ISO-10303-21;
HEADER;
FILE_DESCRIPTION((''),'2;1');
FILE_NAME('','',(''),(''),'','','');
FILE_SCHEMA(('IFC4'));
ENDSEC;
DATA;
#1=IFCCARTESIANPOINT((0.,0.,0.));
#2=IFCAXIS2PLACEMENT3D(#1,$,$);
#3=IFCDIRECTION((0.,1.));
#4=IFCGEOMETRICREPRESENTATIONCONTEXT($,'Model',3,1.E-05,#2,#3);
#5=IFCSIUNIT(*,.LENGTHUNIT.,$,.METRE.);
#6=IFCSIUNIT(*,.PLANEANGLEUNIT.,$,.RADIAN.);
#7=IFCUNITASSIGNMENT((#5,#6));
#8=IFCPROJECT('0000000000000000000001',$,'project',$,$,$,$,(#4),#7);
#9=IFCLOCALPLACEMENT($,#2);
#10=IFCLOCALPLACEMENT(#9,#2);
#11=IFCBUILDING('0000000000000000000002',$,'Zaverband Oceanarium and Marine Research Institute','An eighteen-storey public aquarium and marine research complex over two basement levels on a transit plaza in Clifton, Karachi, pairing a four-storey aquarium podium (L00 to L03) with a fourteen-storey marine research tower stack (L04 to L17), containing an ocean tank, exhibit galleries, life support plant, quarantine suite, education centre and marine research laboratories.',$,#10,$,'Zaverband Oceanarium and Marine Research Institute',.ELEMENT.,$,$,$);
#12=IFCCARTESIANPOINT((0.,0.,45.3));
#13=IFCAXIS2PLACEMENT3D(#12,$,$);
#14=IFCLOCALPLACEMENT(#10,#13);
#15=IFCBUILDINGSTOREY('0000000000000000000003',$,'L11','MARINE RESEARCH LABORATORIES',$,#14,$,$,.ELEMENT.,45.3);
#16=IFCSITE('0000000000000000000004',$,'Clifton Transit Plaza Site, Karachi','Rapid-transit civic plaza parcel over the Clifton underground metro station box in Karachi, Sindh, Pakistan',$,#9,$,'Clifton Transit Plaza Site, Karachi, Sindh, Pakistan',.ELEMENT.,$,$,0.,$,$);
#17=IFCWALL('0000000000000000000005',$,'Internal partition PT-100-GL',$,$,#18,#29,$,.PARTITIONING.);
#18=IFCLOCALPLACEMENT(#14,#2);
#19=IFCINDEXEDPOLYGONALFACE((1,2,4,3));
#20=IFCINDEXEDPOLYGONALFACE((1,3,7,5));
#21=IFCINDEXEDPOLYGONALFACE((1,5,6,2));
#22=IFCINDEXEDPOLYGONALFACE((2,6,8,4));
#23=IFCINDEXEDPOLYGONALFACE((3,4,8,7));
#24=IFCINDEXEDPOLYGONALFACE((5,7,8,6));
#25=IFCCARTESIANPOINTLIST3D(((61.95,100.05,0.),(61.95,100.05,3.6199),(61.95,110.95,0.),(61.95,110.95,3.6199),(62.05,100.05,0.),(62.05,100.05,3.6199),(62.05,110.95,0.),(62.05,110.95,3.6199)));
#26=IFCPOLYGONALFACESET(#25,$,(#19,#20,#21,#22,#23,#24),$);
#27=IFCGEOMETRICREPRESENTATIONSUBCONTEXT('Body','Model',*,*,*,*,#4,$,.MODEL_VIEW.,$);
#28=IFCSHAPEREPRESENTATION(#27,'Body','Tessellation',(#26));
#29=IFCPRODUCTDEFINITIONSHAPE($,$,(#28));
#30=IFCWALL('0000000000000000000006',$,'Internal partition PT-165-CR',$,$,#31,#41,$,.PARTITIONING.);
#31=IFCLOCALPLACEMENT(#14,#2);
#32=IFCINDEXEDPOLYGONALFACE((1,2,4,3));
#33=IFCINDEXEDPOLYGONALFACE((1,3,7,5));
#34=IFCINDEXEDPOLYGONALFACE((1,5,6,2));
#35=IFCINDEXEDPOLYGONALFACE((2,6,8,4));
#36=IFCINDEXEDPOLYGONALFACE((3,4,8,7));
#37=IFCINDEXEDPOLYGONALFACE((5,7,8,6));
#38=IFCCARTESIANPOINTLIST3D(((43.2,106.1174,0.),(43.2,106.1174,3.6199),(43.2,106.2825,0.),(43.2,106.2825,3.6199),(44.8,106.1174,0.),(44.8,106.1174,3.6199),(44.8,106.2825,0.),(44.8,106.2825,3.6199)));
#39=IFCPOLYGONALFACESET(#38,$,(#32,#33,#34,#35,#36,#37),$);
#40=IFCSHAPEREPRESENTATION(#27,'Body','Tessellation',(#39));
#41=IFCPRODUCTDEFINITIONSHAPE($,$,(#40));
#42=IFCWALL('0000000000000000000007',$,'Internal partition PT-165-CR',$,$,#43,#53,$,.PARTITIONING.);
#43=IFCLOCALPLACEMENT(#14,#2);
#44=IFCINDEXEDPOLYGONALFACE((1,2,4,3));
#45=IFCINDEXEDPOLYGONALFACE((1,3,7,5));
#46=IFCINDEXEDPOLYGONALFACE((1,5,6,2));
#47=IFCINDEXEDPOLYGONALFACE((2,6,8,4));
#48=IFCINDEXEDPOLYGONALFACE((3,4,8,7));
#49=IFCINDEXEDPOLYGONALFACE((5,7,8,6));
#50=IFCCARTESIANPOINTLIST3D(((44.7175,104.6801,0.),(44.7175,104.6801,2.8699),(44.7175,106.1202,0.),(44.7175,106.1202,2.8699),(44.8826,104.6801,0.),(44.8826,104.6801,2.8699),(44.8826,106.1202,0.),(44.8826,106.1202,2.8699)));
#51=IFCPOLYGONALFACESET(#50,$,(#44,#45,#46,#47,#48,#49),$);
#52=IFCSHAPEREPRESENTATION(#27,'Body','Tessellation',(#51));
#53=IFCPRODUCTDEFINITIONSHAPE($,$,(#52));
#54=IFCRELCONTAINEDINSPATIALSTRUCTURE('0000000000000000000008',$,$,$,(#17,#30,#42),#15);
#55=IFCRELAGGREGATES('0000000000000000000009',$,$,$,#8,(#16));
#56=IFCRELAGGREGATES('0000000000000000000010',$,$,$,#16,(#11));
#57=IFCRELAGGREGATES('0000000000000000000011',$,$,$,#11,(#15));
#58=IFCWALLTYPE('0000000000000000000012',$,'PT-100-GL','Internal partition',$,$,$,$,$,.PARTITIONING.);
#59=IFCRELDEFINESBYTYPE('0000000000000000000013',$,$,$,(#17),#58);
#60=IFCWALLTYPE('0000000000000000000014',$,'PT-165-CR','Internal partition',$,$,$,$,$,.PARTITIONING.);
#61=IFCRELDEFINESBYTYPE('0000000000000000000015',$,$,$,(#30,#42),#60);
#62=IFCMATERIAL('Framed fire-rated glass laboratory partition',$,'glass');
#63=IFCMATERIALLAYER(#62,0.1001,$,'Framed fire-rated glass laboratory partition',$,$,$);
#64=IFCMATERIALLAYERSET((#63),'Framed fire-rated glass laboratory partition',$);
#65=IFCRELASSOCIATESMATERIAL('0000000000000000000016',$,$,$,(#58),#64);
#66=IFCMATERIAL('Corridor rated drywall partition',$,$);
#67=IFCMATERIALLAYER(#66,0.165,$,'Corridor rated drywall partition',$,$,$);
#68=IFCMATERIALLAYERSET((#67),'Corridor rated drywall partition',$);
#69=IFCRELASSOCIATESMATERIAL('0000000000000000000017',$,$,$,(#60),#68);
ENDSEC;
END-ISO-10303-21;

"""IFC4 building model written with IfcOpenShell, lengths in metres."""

from ifc_helpers import new_model, si_unit, direction, frame, frame_2d, origin, place, context, subcontext, project, spatial, rectangle, extrude, material, layer, layer_set, type_object, element, save


model = new_model("IFC4")

# Units and contexts
model_context = context("Model", 3, precision=1e-05, world=origin(), true_north=direction((0.0, 1.0)))
body_context = subcontext(model_context, "Body", "Model", "MODEL_VIEW")
ifc_project = project(units=[si_unit("LENGTHUNIT", "METRE"), si_unit("PLANEANGLEUNIT", "RADIAN")], contexts=[model_context])

# Site, building, storey
site_placement = place(None, origin())
site = spatial("IfcSite", under=ifc_project, at=site_placement, Name="Clifton Transit Plaza Site, Karachi", Description="Rapid-transit civic plaza parcel over the Clifton underground metro station box in Karachi, Sindh, Pakistan", LongName="Clifton Transit Plaza Site, Karachi, Sindh, Pakistan", CompositionType="ELEMENT", RefElevation=0.0)
building_placement = place(site_placement, origin())
building = spatial("IfcBuilding", under=site, at=building_placement, Name="Zaverband Oceanarium and Marine Research Institute", Description="An eighteen-storey public aquarium and marine research complex over two basement levels on a transit plaza in Clifton, Karachi, pairing a four-storey aquarium podium (L00 to L03) with a fourteen-storey marine research tower stack (L04 to L17), containing an ocean tank, exhibit galleries, life support plant, quarantine suite, education centre and marine research laboratories.", LongName="Zaverband Oceanarium and Marine Research Institute", CompositionType="ELEMENT")
storey_placement = place(building_placement, frame((0.0, 0.0, 45.3)))
storey = spatial("IfcBuildingStorey", under=building, at=storey_placement, Name="L11", Description="MARINE RESEARCH LABORATORIES", CompositionType="ELEMENT", Elevation=45.3)

# Shared definitions
ifc_material_1 = material(Name="Framed fire-rated glass laboratory partition", Category="glass")
ifc_layer_1 = layer(ifc_material_1, 0.1001, Name="Framed fire-rated glass laboratory partition")
ifc_layer_set_1 = layer_set([ifc_layer_1], Name="Framed fire-rated glass laboratory partition")
wall_type_1 = type_object("IfcWallType", Name="PT-100-GL", Description="Internal partition", PredefinedType="PARTITIONING", material=ifc_layer_set_1)

# Walls
wall_1_placement = place(storey_placement, frame((62.0, 100.05, 0.0), z_axis=(0.0, 0.0, 1.0), x_axis=(0.0, 1.0, 0.0)))
element("IfcWall", 1, at=wall_1_placement, inside=storey, type_object=wall_type_1, Name="Internal partition PT-100-GL", PredefinedType="PARTITIONING", context=body_context, shape_type="SweptSolid", body=[
    extrude(rectangle(XDim=10.8999, YDim=0.1001, at=frame_2d((5.45, 0.0))), origin(), (0.0, 0.0, 1.0), 3.6199),
])
ifc_material_2 = material(Name="Corridor rated drywall partition")
ifc_layer_2 = layer(ifc_material_2, 0.165, Name="Corridor rated drywall partition")
ifc_layer_set_2 = layer_set([ifc_layer_2], Name="Corridor rated drywall partition")
wall_type_2 = type_object("IfcWallType", Name="PT-165-CR", Description="Internal partition", PredefinedType="PARTITIONING", material=ifc_layer_set_2)
wall_2_placement = place(storey_placement, frame((43.2, 106.2, 0.0), z_axis=(0.0, 0.0, 1.0), x_axis=(1.0, 0.0, 0.0)))
element("IfcWall", 2, at=wall_2_placement, inside=storey, type_object=wall_type_2, Name="Internal partition PT-165-CR", PredefinedType="PARTITIONING", context=body_context, shape_type="SweptSolid", body=[
    extrude(rectangle(XDim=1.6001, YDim=0.165, at=frame_2d((0.8, 0.0))), origin(), (0.0, 0.0, 1.0), 3.6199),
])
wall_3_placement = place(storey_placement, frame((44.8, 104.6799, 0.0), z_axis=(0.0, 0.0, 1.0), x_axis=(0.0, 1.0, 0.0)))
element("IfcWall", 3, at=wall_3_placement, inside=storey, type_object=wall_type_2, Name="Internal partition PT-165-CR", PredefinedType="PARTITIONING", context=body_context, shape_type="SweptSolid", body=[
    extrude(rectangle(XDim=1.4402, YDim=0.165, at=frame_2d((0.7202, 0.0))), origin(), (0.0, 0.0, 1.0), 2.8699),
])

save(model, "model.ifc")
